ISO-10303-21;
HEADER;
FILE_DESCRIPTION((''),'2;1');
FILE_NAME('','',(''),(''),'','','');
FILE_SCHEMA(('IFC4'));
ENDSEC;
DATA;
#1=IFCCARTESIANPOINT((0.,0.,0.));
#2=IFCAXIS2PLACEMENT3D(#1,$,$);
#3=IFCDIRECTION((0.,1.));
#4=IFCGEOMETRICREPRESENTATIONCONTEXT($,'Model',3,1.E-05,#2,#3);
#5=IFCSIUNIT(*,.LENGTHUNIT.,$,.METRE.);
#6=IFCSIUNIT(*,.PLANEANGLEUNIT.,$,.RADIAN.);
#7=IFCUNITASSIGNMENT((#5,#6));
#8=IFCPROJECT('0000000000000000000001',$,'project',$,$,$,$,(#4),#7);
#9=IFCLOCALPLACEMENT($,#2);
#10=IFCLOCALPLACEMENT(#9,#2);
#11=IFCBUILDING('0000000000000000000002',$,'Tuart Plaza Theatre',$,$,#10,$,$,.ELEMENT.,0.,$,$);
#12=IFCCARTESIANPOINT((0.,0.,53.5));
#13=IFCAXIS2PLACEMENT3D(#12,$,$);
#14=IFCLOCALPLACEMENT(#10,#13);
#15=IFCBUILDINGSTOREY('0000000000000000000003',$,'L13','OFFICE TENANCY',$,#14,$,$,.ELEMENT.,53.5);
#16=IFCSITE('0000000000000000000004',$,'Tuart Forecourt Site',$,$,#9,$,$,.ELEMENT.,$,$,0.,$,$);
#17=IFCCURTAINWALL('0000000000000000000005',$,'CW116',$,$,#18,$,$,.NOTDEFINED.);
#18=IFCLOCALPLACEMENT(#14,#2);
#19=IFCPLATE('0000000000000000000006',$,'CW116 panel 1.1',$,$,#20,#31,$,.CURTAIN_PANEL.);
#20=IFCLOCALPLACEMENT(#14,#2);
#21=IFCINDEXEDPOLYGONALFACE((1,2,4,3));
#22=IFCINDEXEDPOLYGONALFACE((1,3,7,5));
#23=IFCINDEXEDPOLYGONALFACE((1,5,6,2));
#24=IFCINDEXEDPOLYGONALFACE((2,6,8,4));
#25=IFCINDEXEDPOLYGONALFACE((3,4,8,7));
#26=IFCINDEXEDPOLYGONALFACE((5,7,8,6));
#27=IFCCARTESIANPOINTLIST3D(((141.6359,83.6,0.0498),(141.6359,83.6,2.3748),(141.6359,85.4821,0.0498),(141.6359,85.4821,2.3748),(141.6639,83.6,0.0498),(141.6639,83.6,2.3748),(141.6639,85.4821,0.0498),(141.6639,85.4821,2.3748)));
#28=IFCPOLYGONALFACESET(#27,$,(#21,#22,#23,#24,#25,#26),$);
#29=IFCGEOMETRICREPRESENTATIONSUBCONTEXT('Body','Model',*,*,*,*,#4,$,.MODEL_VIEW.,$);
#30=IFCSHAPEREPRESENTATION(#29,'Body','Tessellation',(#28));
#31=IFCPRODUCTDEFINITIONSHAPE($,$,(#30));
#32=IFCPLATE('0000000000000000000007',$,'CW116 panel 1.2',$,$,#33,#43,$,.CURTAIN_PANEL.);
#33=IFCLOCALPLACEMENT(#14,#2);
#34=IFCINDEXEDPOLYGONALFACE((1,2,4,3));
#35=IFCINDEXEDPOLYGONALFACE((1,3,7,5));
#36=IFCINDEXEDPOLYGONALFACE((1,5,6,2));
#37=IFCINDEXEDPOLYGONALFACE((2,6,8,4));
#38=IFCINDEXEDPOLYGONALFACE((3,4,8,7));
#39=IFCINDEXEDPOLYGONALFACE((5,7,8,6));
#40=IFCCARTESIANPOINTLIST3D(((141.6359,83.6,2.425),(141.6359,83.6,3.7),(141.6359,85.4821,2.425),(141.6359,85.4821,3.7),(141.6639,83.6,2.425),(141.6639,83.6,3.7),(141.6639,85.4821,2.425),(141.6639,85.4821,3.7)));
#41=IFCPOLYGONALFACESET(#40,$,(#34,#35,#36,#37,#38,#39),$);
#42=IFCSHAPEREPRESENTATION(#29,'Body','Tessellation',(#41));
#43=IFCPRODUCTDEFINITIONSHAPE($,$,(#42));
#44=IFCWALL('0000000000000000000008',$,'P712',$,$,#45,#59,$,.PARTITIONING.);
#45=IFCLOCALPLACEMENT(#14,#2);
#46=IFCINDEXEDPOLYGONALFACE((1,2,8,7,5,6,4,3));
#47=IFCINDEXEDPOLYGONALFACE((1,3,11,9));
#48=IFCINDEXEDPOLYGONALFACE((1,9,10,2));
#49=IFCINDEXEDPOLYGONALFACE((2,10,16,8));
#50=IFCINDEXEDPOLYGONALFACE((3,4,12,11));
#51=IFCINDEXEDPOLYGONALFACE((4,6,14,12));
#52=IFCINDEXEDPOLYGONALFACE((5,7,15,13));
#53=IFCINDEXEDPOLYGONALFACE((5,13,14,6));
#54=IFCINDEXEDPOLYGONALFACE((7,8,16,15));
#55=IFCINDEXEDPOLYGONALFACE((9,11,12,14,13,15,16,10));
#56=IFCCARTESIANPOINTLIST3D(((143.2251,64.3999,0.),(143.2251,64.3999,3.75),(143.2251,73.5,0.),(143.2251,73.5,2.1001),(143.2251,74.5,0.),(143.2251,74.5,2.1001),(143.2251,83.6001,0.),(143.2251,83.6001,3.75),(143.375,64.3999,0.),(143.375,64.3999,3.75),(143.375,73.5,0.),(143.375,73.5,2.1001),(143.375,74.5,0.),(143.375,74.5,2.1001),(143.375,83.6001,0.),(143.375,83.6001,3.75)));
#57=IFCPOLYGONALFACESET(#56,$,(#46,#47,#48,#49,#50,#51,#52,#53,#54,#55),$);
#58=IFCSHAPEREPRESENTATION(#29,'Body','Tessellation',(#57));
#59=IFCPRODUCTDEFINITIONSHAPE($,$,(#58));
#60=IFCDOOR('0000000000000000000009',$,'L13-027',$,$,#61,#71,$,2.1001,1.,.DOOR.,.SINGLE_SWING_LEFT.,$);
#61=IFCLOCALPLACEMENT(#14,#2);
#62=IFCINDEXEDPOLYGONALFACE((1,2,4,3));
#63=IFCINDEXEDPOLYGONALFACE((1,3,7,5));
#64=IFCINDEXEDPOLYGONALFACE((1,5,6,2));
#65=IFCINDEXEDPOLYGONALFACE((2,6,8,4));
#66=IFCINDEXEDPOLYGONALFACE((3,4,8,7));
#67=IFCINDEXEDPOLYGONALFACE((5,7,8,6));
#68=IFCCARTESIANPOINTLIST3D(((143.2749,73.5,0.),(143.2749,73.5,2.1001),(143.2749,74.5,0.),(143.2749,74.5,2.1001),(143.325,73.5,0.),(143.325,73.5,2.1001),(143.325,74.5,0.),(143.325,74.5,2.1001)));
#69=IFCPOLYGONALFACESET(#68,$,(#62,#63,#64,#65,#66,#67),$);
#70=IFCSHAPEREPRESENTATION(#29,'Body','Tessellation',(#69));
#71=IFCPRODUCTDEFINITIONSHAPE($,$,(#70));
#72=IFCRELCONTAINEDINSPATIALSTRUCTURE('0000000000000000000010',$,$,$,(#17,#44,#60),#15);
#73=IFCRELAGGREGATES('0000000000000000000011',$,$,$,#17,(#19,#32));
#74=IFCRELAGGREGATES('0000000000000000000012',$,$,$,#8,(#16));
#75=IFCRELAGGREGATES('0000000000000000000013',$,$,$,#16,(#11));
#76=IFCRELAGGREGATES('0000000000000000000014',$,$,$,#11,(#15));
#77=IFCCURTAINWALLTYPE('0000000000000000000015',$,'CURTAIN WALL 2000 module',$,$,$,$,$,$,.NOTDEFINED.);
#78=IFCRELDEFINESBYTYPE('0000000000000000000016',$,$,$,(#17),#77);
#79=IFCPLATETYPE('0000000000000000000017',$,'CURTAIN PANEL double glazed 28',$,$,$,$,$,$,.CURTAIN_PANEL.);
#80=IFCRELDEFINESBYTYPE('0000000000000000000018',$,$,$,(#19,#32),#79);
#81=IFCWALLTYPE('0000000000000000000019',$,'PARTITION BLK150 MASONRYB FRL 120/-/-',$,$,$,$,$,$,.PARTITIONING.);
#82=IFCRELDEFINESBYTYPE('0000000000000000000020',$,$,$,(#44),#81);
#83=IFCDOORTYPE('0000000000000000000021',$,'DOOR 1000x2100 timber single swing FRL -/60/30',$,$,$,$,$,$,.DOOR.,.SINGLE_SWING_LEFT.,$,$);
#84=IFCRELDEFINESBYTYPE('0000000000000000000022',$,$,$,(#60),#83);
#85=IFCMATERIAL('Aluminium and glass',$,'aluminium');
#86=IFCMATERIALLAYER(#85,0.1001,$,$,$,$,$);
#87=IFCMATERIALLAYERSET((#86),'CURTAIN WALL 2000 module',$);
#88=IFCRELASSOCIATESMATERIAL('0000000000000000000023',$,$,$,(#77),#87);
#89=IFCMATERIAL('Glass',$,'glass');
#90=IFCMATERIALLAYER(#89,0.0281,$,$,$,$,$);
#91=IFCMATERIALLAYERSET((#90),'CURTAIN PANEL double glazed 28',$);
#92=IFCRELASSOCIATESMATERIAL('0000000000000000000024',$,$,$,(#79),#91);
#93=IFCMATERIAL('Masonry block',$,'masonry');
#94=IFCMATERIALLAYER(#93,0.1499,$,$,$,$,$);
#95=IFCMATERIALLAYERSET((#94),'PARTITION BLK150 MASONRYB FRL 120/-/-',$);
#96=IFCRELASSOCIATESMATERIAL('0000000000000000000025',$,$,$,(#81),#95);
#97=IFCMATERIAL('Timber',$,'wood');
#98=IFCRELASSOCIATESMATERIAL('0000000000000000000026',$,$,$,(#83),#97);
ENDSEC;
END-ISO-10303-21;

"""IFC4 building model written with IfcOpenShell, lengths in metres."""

from ifc_helpers import new_model, si_unit, direction, frame, frame_2d, origin, origin_2d, place, context, subcontext, project, spatial, rectangle, extrude, material, layer, layer_set, type_object, element, fill, aggregate, save


model = new_model("IFC4")

# Units and contexts
model_context = context("Model", 3, precision=1e-05, world=origin(), true_north=direction((0.0, 1.0)))
body_context = subcontext(model_context, "Body", "Model", "MODEL_VIEW")
ifc_project = project(units=[si_unit("LENGTHUNIT", "METRE"), si_unit("PLANEANGLEUNIT", "RADIAN")], contexts=[model_context])

# Site, building, storey
site_placement = place(None, origin())
site = spatial("IfcSite", under=ifc_project, at=site_placement, Name="Tuart Forecourt Site", CompositionType="ELEMENT", RefElevation=0.0)
building_placement = place(site_placement, origin())
building = spatial("IfcBuilding", under=site, at=building_placement, Name="Tuart Plaza Theatre", CompositionType="ELEMENT", ElevationOfRefHeight=0.0)
storey_placement = place(building_placement, frame((0.0, 0.0, 53.5)))
storey = spatial("IfcBuildingStorey", under=building, at=storey_placement, Name="L13", Description="OFFICE TENANCY", CompositionType="ELEMENT", Elevation=53.5)

# Curtain wall
ifc_material_1 = material(Name="Aluminium and glass", Category="aluminium")
ifc_layer_1 = layer(ifc_material_1, 0.1001)
ifc_layer_set_1 = layer_set([ifc_layer_1], Name="CURTAIN WALL 2000 module")
curtain_wall_type = type_object("IfcCurtainWallType", Name="CURTAIN WALL 2000 module", PredefinedType="NOTDEFINED", material=ifc_layer_set_1)
curtain_wall_1_placement = place(storey_placement, origin())
curtain_wall_1 = element("IfcCurtainWall", 1, at=curtain_wall_1_placement, inside=storey, type_object=curtain_wall_type, Name="CW116", PredefinedType="NOTDEFINED")

# Plates
ifc_material_2 = material(Name="Glass", Category="glass")
ifc_layer_2 = layer(ifc_material_2, 0.0281)
ifc_layer_set_2 = layer_set([ifc_layer_2], Name="CURTAIN PANEL double glazed 28")
plate_type = type_object("IfcPlateType", Name="CURTAIN PANEL double glazed 28", PredefinedType="CURTAIN_PANEL", material=ifc_layer_set_2)
plate_1_placement = place(storey_placement, frame((141.6499, 84.541, 0.0498), z_axis=(0.0, 0.0, 1.0), x_axis=(0.0, 1.0, 0.0)))
plate_1 = element("IfcPlate", 2, at=plate_1_placement, type_object=plate_type, Name="CW116 panel 1.1", PredefinedType="CURTAIN_PANEL", context=body_context, shape_type="SweptSolid", body=[
    extrude(rectangle(XDim=1.8821, YDim=0.0281, at=origin_2d()), origin(), (0.0, 0.0, 1.0), 2.325),
])
plate_2_placement = place(storey_placement, frame((141.6499, 84.541, 2.425), z_axis=(0.0, 0.0, 1.0), x_axis=(0.0, 1.0, 0.0)))
plate_2 = element("IfcPlate", 3, at=plate_2_placement, type_object=plate_type, Name="CW116 panel 1.2", PredefinedType="CURTAIN_PANEL", context=body_context, shape_type="SweptSolid", body=[
    extrude(rectangle(XDim=1.8821, YDim=0.0281, at=origin_2d()), origin(), (0.0, 0.0, 1.0), 1.2749),
])
aggregate(curtain_wall_1, [plate_1, plate_2])

# Wall, opening, door
ifc_material_3 = material(Name="Masonry block", Category="masonry")
ifc_layer_3 = layer(ifc_material_3, 0.1499)
ifc_layer_set_3 = layer_set([ifc_layer_3], Name="PARTITION BLK150 MASONRYB FRL 120/-/-")
wall_type = type_object("IfcWallType", Name="PARTITION BLK150 MASONRYB FRL 120/-/-", PredefinedType="PARTITIONING", material=ifc_layer_set_3)
wall_placement = place(storey_placement, frame((143.3, 83.6001, 0.0), z_axis=(0.0, 0.0, 1.0), x_axis=(0.0, -1.0, 0.0)))
wall = element("IfcWall", 4, at=wall_placement, inside=storey, type_object=wall_type, Name="P712", PredefinedType="PARTITIONING", context=body_context, shape_type="SweptSolid", body=[
    extrude(rectangle(XDim=19.2002, YDim=0.1499, at=frame_2d((9.6001, 0.0))), origin(), (0.0, 0.0, 1.0), 3.75),
])
opening_placement = place(wall_placement, frame((9.1001, 0.0, 0.0)))
opening = element("IfcOpeningElement", 5, at=opening_placement, cuts=wall, PredefinedType="OPENING", context=body_context, shape_type="SweptSolid", body=[
    extrude(rectangle(XDim=1.0, YDim=2.1001, at=frame_2d((0.5, 1.05))), frame((0.0, 0.085, 0.0), z_axis=(0.0, -1.0, 0.0), x_axis=(1.0, 0.0, 0.0)), (0.0, 0.0, 1.0), 0.1699),
])
ifc_material_4 = material(Name="Timber", Category="wood")
door_type = type_object("IfcDoorType", Name="DOOR 1000x2100 timber single swing FRL -/60/30", OperationType="SINGLE_SWING_LEFT", PredefinedType="DOOR", material=ifc_material_4)
door_placement = place(opening_placement, origin())
door = element("IfcDoor", 6, at=door_placement, inside=storey, type_object=door_type, Name="L13-027", OperationType="SINGLE_SWING_LEFT", OverallHeight=2.1001, OverallWidth=1.0, PredefinedType="DOOR", context=body_context, shape_type="SweptSolid", body=[
    extrude(rectangle(XDim=1.0, YDim=2.1001, at=frame_2d((0.5, 1.05))), frame((0.0, 0.0249, 0.0), z_axis=(0.0, -1.0, 0.0), x_axis=(1.0, 0.0, 0.0)), (0.0, 0.0, 1.0), 0.05),
])
fill(opening, door)

save(model, "model.ifc")
